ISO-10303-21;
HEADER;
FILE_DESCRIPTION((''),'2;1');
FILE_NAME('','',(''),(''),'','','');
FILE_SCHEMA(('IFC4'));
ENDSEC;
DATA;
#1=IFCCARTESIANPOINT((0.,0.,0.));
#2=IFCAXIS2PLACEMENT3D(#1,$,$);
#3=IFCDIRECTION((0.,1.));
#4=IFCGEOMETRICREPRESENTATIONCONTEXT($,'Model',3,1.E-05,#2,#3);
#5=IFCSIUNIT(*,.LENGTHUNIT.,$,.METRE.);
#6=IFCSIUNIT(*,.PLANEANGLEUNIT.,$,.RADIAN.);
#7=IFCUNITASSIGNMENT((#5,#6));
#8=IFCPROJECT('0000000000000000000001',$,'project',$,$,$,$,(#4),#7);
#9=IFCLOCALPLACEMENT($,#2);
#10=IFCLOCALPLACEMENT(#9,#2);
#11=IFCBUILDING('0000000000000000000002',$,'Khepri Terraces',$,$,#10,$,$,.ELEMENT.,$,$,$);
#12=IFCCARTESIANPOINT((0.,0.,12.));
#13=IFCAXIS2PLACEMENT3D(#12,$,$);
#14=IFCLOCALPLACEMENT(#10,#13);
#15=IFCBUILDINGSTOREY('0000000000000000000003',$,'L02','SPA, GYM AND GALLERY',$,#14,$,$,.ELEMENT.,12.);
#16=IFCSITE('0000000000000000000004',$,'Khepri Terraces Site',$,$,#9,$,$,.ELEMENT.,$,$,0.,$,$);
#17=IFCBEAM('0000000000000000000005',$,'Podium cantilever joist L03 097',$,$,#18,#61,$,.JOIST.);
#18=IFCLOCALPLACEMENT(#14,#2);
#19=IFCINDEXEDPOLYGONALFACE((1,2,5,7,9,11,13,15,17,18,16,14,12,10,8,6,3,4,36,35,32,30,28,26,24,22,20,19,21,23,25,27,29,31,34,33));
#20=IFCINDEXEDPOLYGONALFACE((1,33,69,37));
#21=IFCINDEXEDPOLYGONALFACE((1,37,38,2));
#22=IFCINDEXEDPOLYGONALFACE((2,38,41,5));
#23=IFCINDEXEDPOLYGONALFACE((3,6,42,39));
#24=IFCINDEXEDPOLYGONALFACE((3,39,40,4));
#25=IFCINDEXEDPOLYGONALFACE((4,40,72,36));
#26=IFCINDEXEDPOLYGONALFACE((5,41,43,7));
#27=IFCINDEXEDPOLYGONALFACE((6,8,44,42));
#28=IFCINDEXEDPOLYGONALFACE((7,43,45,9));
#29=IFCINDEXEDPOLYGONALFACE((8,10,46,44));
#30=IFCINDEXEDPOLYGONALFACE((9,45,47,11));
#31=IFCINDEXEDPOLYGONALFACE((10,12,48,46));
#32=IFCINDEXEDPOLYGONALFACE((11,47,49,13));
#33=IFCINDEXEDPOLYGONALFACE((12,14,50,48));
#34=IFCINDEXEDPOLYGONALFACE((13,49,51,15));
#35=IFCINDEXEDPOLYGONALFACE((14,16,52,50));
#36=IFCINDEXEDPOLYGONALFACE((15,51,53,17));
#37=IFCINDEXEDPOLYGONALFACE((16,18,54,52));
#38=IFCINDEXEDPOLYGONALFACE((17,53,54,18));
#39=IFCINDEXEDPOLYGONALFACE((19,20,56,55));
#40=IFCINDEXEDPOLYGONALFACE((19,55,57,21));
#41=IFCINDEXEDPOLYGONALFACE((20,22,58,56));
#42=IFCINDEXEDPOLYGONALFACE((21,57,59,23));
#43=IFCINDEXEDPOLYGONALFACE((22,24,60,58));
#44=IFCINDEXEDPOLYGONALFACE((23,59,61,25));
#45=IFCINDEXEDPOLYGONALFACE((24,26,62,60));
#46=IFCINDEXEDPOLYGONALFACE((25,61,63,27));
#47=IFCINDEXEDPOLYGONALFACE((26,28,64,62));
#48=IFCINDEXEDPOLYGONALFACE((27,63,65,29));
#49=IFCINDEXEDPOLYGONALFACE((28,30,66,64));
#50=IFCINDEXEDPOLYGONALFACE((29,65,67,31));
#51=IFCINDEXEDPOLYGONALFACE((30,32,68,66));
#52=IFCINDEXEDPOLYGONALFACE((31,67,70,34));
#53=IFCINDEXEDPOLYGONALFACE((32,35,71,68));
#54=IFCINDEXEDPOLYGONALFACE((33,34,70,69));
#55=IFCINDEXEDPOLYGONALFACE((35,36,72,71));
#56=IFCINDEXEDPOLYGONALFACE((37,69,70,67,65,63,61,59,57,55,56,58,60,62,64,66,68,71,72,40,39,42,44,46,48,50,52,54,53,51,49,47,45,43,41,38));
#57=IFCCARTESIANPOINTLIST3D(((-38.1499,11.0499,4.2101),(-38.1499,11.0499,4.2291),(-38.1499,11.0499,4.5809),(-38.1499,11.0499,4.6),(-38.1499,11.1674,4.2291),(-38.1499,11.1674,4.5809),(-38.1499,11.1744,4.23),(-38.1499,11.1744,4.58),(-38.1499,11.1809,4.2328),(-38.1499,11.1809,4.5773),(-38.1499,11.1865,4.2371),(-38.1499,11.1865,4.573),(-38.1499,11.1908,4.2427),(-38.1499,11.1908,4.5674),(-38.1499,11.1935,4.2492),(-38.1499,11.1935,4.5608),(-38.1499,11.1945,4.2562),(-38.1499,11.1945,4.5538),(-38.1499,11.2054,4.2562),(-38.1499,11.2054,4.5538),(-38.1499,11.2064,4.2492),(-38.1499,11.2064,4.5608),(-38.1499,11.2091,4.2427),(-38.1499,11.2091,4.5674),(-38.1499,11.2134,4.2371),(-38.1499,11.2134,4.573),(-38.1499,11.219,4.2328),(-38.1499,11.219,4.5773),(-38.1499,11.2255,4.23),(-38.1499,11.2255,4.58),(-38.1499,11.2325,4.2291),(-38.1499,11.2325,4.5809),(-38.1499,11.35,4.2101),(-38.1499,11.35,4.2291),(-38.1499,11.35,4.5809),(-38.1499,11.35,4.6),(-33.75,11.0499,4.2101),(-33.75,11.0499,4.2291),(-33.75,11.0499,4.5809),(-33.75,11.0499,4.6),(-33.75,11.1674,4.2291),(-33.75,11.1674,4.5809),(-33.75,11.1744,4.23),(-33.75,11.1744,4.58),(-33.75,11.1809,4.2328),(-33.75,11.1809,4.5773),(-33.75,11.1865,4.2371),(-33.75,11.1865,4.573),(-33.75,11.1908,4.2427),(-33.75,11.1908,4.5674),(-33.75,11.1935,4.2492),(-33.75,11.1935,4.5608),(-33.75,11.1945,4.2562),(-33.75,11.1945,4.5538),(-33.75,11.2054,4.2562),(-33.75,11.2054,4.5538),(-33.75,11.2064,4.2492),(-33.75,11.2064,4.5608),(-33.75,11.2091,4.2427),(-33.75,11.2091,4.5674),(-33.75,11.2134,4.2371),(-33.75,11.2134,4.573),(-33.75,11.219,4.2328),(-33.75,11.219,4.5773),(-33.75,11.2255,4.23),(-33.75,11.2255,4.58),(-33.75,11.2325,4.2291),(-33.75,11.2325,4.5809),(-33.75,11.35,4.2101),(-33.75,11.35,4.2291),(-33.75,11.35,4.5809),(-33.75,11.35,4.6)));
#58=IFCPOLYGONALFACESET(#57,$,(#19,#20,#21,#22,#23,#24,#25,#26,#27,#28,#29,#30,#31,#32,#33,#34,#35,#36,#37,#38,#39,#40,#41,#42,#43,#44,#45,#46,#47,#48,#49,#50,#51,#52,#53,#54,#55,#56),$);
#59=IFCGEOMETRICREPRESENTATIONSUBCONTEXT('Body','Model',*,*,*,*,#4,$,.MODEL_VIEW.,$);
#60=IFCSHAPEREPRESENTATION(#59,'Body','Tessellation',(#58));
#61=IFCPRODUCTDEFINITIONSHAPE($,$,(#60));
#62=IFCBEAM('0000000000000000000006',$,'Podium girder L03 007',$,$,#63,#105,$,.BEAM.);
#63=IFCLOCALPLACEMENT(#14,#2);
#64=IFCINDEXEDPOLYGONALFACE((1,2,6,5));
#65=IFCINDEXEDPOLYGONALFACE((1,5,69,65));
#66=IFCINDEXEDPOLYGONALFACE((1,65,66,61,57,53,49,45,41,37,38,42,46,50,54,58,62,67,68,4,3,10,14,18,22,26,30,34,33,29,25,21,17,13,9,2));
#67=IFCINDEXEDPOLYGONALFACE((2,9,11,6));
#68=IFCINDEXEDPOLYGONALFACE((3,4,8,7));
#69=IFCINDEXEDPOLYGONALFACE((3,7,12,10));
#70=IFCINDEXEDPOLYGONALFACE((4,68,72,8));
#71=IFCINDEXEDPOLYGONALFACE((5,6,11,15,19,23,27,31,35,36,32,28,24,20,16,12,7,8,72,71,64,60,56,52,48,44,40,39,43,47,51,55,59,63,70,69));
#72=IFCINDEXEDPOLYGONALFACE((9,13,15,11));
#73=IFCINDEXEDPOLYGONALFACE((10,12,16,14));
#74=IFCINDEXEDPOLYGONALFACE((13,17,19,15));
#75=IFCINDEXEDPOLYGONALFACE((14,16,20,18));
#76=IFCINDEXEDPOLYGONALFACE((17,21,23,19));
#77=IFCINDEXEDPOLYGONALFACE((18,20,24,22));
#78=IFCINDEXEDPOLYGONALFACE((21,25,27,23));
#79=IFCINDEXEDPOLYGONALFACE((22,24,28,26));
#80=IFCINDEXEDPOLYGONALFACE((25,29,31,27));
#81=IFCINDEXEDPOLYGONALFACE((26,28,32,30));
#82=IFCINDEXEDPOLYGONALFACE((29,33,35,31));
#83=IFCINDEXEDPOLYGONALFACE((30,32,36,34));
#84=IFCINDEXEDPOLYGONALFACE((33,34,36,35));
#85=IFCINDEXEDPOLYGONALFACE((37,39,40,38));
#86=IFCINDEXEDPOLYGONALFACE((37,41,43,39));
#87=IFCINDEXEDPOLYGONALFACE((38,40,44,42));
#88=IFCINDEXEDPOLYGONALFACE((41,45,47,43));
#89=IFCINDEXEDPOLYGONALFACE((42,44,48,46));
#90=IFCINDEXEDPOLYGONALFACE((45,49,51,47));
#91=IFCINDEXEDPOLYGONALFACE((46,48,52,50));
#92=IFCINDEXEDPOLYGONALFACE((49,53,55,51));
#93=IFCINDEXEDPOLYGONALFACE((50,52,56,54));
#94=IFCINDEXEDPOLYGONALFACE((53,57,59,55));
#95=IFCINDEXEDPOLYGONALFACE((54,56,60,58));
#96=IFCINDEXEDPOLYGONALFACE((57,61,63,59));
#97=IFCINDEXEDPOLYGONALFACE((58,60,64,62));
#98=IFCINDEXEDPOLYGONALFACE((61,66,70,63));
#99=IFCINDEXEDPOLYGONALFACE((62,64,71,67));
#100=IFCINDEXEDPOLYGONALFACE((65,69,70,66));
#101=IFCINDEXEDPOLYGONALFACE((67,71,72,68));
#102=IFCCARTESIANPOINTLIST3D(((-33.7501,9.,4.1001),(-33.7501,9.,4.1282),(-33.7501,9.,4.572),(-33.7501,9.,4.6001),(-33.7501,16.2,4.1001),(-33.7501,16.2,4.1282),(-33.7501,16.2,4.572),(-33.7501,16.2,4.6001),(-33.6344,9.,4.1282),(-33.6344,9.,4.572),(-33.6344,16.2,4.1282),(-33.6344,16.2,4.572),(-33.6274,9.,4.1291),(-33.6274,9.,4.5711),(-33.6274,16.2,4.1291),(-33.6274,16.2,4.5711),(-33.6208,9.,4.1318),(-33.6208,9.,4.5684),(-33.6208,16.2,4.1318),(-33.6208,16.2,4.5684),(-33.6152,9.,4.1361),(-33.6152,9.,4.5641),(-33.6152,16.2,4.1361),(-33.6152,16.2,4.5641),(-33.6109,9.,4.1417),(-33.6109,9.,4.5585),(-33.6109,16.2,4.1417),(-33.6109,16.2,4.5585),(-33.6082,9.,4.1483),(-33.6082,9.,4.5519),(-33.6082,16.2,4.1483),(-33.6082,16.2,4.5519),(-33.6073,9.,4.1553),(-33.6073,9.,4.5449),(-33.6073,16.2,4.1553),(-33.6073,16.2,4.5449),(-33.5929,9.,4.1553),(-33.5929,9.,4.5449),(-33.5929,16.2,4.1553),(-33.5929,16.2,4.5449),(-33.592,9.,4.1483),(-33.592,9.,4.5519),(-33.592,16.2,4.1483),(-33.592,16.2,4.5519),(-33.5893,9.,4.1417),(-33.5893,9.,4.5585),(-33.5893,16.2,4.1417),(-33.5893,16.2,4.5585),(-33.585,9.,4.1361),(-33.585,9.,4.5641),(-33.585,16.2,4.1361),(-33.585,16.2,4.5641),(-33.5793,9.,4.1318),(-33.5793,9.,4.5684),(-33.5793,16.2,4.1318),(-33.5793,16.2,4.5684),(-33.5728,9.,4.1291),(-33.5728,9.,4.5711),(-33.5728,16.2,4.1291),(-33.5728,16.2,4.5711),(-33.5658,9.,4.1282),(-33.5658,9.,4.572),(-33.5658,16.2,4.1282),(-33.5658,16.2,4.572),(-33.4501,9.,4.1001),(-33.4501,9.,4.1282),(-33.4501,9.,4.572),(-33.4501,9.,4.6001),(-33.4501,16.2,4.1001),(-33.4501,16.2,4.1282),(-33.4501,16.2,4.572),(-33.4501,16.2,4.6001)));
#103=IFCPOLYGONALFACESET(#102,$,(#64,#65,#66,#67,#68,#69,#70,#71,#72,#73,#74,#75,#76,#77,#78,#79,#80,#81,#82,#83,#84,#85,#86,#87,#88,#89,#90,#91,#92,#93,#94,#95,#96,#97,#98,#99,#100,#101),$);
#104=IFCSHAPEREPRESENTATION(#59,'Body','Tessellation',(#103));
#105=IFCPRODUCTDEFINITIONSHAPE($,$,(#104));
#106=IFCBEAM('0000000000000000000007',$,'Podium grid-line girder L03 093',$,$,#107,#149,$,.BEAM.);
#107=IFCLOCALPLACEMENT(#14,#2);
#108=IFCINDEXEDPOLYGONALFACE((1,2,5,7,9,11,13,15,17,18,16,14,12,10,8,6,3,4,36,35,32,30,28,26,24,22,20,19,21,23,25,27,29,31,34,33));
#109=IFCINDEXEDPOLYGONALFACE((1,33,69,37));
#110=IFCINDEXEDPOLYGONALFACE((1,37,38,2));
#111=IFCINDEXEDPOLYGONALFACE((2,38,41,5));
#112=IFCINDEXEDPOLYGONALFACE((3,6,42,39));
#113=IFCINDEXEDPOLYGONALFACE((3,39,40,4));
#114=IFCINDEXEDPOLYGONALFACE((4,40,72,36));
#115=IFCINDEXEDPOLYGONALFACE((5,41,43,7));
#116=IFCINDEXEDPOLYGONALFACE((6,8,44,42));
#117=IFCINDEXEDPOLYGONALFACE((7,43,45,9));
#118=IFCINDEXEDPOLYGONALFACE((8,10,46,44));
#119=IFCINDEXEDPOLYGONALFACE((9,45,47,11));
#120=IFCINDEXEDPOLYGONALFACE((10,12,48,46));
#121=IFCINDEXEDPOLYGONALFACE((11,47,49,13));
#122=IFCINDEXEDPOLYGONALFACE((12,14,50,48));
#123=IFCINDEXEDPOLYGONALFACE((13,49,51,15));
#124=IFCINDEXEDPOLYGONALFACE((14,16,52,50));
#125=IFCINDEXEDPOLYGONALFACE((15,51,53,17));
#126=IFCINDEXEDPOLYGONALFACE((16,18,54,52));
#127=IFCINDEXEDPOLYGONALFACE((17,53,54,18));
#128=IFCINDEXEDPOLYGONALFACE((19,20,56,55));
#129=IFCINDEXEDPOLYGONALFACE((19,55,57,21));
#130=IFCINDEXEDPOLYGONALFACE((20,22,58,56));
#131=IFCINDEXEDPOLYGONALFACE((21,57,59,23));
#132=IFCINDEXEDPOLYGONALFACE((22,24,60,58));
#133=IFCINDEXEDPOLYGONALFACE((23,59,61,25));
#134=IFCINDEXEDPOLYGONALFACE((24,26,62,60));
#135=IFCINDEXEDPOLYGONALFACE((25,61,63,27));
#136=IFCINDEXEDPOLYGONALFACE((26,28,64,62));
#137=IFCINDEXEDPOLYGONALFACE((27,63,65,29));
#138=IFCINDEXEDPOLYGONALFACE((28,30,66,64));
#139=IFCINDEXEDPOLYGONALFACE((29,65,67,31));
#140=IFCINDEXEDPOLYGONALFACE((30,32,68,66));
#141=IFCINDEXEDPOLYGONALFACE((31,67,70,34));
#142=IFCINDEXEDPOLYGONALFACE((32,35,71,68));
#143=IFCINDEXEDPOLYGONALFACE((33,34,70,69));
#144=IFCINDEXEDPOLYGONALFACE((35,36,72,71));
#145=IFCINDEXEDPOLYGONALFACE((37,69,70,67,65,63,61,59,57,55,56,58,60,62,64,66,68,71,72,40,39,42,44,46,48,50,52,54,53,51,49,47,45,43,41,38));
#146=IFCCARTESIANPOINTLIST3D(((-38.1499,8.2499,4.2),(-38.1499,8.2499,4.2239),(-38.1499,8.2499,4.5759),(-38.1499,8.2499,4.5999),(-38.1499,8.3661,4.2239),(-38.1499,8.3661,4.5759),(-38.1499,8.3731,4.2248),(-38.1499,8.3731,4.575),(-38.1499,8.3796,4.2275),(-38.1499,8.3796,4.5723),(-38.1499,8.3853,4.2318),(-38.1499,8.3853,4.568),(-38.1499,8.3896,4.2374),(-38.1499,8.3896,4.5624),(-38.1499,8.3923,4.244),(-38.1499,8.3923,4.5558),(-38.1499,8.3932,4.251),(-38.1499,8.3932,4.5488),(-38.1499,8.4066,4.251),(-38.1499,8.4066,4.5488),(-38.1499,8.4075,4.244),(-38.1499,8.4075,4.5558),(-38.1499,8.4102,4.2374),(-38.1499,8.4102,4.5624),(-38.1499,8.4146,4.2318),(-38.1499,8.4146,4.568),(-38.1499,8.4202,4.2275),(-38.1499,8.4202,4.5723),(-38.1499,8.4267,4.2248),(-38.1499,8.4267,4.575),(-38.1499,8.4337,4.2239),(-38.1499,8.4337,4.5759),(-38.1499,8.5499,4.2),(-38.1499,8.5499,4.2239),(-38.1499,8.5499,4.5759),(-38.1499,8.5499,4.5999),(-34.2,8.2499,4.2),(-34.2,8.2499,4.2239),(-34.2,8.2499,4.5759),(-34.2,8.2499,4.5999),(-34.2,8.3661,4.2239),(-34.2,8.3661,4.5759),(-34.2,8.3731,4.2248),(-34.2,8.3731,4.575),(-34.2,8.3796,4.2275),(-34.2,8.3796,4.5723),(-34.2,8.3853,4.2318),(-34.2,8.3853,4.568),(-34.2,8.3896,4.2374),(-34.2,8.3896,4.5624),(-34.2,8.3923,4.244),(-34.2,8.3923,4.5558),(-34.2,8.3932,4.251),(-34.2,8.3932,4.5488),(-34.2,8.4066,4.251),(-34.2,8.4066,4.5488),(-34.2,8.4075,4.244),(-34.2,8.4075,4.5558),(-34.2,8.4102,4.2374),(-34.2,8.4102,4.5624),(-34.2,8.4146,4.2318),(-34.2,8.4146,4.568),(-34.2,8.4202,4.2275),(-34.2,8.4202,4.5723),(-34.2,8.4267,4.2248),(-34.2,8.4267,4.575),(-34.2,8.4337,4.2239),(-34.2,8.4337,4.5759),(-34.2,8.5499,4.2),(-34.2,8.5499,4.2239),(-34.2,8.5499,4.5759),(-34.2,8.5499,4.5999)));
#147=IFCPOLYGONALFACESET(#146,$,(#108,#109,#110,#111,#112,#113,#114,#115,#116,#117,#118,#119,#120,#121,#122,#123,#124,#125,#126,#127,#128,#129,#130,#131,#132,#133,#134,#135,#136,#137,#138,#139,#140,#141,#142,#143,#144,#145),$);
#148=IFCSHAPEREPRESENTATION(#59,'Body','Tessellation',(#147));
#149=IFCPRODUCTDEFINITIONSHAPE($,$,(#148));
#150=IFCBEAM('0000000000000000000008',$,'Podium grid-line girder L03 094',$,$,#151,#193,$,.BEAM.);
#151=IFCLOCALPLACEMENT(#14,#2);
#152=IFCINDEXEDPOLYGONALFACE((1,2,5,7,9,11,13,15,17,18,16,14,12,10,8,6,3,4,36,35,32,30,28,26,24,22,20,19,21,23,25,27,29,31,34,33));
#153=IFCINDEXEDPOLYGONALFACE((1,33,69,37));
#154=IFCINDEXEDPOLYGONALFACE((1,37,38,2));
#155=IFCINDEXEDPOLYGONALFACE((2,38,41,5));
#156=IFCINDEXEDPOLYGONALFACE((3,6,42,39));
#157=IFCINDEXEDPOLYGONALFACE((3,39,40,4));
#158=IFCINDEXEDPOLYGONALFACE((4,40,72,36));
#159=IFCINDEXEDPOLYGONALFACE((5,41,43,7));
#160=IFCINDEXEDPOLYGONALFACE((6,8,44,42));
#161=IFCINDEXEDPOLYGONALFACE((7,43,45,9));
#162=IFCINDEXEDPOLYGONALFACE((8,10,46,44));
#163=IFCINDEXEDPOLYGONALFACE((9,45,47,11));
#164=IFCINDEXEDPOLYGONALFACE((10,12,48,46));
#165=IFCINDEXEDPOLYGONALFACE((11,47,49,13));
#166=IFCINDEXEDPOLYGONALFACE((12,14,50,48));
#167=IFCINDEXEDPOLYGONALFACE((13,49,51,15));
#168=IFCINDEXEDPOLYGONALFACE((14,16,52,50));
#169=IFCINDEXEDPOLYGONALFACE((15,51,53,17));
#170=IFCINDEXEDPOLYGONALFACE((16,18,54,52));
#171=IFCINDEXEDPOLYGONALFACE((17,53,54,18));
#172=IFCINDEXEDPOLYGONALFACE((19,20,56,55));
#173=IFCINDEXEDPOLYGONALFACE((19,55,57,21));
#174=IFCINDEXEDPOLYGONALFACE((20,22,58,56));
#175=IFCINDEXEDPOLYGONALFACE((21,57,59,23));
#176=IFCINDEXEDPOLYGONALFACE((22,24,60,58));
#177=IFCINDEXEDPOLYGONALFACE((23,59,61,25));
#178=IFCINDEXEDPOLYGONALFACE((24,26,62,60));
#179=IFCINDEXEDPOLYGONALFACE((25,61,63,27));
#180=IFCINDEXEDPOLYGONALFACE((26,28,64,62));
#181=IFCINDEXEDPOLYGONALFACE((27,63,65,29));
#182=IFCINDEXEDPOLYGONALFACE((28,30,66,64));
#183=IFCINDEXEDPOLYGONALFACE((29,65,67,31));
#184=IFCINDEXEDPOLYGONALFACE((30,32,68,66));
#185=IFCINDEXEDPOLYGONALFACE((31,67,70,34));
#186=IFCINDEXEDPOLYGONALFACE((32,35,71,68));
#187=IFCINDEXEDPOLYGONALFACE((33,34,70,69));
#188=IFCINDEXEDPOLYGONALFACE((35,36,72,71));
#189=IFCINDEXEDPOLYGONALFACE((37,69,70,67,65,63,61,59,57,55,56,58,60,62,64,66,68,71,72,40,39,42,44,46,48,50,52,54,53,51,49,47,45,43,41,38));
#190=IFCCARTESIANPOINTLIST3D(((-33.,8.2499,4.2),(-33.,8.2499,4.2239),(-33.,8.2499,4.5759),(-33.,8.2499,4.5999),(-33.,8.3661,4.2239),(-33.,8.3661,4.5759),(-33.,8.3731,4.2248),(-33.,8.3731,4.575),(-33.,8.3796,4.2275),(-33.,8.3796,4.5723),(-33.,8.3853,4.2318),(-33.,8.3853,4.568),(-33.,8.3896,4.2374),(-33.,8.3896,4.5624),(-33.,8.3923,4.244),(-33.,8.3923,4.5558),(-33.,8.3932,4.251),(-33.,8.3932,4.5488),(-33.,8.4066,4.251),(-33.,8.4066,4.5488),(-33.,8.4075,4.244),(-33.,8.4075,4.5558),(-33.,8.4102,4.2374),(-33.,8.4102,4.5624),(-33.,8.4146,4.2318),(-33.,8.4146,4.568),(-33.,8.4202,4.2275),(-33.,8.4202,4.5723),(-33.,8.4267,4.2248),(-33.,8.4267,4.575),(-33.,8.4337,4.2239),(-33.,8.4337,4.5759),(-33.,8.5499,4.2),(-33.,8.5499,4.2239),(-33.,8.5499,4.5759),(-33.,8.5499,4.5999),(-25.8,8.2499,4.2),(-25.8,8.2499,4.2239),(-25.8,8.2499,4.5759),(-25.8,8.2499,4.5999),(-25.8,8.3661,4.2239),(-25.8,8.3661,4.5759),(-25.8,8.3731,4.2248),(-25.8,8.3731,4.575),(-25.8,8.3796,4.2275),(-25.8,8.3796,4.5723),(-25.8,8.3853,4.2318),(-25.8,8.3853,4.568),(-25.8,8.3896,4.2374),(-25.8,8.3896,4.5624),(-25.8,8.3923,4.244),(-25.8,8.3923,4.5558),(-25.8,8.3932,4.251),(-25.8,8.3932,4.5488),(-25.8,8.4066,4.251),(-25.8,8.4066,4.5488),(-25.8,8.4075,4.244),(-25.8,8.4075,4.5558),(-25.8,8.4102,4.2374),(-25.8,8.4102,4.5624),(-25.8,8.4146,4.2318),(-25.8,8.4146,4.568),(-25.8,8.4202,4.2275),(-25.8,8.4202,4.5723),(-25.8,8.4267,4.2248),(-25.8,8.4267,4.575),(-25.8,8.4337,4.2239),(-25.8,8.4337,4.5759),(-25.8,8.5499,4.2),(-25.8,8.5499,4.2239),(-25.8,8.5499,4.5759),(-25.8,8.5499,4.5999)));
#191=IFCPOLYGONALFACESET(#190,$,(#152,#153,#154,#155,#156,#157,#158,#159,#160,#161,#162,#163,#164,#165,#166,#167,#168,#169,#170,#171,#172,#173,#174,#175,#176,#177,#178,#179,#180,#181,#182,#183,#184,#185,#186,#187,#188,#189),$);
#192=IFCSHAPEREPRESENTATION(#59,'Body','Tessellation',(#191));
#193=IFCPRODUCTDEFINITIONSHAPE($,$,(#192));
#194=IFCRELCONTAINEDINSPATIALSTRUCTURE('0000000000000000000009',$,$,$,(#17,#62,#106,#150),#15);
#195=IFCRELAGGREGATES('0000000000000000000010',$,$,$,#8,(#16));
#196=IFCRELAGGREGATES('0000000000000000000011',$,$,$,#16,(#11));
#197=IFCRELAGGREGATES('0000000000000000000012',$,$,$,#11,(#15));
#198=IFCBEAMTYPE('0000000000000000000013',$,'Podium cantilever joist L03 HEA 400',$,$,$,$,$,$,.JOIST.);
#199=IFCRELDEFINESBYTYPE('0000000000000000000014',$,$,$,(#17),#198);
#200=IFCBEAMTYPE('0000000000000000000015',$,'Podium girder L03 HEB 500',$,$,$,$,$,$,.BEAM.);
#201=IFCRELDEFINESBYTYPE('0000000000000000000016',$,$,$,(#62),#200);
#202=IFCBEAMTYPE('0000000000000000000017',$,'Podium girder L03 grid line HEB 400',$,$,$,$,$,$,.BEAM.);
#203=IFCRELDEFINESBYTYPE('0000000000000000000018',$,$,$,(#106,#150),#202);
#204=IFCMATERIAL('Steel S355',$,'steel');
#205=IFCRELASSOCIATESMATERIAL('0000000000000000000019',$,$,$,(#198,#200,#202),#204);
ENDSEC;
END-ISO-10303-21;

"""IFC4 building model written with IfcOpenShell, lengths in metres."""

from ifc_helpers import new_model, si_unit, direction, frame, origin, origin_2d, place, context, subcontext, project, spatial, i_section, extrude, material, material_profile, profile_set, type_object, element, save


model = new_model("IFC4")

# Units and contexts
model_context = context("Model", 3, precision=1e-05, world=origin(), true_north=direction((0.0, 1.0)))
body_context = subcontext(model_context, "Body", "Model", "MODEL_VIEW")
ifc_project = project(units=[si_unit("LENGTHUNIT", "METRE"), si_unit("PLANEANGLEUNIT", "RADIAN")], contexts=[model_context])

# Site, building, storey
site_placement = place(None, origin())
site = spatial("IfcSite", under=ifc_project, at=site_placement, Name="Khepri Terraces Site", CompositionType="ELEMENT", RefElevation=0.0)
building_placement = place(site_placement, origin())
building = spatial("IfcBuilding", under=site, at=building_placement, Name="Khepri Terraces", CompositionType="ELEMENT")
storey_placement = place(building_placement, frame((0.0, 0.0, 12.0)))
storey = spatial("IfcBuildingStorey", under=building, at=storey_placement, Name="L02", Description="SPA, GYM AND GALLERY", CompositionType="ELEMENT", Elevation=12.0)

# Beams
ifc_material_1 = material(Name="Steel S355", Category="steel")
ifc_material_profile_1 = material_profile(ifc_material_1, i_section(OverallWidth=0.3, OverallDepth=0.3899, WebThickness=0.011, FlangeThickness=0.019, FilletRadius=0.0271, at=origin_2d()), Name="Steel S355", Category="steel")
ifc_profile_set_1 = profile_set([ifc_material_profile_1], Name="Steel S355")
beam_type_1 = type_object("IfcBeamType", Name="Podium cantilever joist L03 HEA 400", PredefinedType="JOIST", material=ifc_profile_set_1)
for number, where, z_axis, x_axis, name in (
    (1, (-38.1499, 11.2, 4.405), (1.0, 0.0, 0.0), (0.0, 1.0, 0.0), "Podium cantilever joist L03 097"),
):
    element("IfcBeam", number, at=place(storey_placement, frame(where, z_axis=z_axis, x_axis=x_axis)), inside=storey, type_object=beam_type_1, Name=name, PredefinedType="JOIST", context=body_context, shape_type="SweptSolid", body=[
        extrude(i_section(OverallWidth=0.3, OverallDepth=0.3899, WebThickness=0.011, FlangeThickness=0.019, FilletRadius=0.0271, at=origin_2d()), origin(), (0.0, 0.0, 1.0), 4.3999),
    ])
ifc_material_profile_2 = material_profile(ifc_material_1, i_section(OverallWidth=0.3, OverallDepth=0.5, WebThickness=0.0144, FlangeThickness=0.0281, FilletRadius=0.0271, at=origin_2d()), Name="Steel S355", Category="steel")
ifc_profile_set_2 = profile_set([ifc_material_profile_2], Name="Steel S355")
beam_type_2 = type_object("IfcBeamType", Name="Podium girder L03 HEB 500", PredefinedType="BEAM", material=ifc_profile_set_2)
beam_1_placement = place(storey_placement, frame((-33.6001, 9.0, 4.3501), z_axis=(0.0, 1.0, 0.0), x_axis=(-1.0, 0.0, 0.0)))
element("IfcBeam", 2, at=beam_1_placement, inside=storey, type_object=beam_type_2, Name="Podium girder L03 007", PredefinedType="BEAM", context=body_context, shape_type="SweptSolid", body=[
    extrude(i_section(OverallWidth=0.3, OverallDepth=0.5, WebThickness=0.0144, FlangeThickness=0.0281, FilletRadius=0.0271, at=origin_2d()), origin(), (0.0, 0.0, 1.0), 7.2),
])
ifc_material_profile_3 = material_profile(ifc_material_1, i_section(OverallWidth=0.3, OverallDepth=0.3999, WebThickness=0.0134, FlangeThickness=0.0239, FilletRadius=0.0271, at=origin_2d()), Name="Steel S355", Category="steel")
ifc_profile_set_3 = profile_set([ifc_material_profile_3], Name="Steel S355")
beam_type_3 = type_object("IfcBeamType", Name="Podium girder L03 grid line HEB 400", PredefinedType="BEAM", material=ifc_profile_set_3)
beam_2_placement = place(storey_placement, frame((-38.1499, 8.3999, 4.3999), z_axis=(1.0, 0.0, 0.0), x_axis=(0.0, 1.0, 0.0)))
element("IfcBeam", 3, at=beam_2_placement, inside=storey, type_object=beam_type_3, Name="Podium grid-line girder L03 093", PredefinedType="BEAM", context=body_context, shape_type="SweptSolid", body=[
    extrude(i_section(OverallWidth=0.3, OverallDepth=0.3999, WebThickness=0.0134, FlangeThickness=0.0239, FilletRadius=0.0271, at=origin_2d()), origin(), (0.0, 0.0, 1.0), 3.95),
])
beam_3_placement = place(storey_placement, frame((-33.0, 8.3999, 4.3999), z_axis=(1.0, 0.0, 0.0), x_axis=(0.0, 1.0, 0.0)))
element("IfcBeam", 4, at=beam_3_placement, inside=storey, type_object=beam_type_3, Name="Podium grid-line girder L03 094", PredefinedType="BEAM", context=body_context, shape_type="SweptSolid", body=[
    extrude(i_section(OverallWidth=0.3, OverallDepth=0.3999, WebThickness=0.0134, FlangeThickness=0.0239, FilletRadius=0.0271, at=origin_2d()), origin(), (0.0, 0.0, 1.0), 7.2),
])

save(model, "model.ifc")
